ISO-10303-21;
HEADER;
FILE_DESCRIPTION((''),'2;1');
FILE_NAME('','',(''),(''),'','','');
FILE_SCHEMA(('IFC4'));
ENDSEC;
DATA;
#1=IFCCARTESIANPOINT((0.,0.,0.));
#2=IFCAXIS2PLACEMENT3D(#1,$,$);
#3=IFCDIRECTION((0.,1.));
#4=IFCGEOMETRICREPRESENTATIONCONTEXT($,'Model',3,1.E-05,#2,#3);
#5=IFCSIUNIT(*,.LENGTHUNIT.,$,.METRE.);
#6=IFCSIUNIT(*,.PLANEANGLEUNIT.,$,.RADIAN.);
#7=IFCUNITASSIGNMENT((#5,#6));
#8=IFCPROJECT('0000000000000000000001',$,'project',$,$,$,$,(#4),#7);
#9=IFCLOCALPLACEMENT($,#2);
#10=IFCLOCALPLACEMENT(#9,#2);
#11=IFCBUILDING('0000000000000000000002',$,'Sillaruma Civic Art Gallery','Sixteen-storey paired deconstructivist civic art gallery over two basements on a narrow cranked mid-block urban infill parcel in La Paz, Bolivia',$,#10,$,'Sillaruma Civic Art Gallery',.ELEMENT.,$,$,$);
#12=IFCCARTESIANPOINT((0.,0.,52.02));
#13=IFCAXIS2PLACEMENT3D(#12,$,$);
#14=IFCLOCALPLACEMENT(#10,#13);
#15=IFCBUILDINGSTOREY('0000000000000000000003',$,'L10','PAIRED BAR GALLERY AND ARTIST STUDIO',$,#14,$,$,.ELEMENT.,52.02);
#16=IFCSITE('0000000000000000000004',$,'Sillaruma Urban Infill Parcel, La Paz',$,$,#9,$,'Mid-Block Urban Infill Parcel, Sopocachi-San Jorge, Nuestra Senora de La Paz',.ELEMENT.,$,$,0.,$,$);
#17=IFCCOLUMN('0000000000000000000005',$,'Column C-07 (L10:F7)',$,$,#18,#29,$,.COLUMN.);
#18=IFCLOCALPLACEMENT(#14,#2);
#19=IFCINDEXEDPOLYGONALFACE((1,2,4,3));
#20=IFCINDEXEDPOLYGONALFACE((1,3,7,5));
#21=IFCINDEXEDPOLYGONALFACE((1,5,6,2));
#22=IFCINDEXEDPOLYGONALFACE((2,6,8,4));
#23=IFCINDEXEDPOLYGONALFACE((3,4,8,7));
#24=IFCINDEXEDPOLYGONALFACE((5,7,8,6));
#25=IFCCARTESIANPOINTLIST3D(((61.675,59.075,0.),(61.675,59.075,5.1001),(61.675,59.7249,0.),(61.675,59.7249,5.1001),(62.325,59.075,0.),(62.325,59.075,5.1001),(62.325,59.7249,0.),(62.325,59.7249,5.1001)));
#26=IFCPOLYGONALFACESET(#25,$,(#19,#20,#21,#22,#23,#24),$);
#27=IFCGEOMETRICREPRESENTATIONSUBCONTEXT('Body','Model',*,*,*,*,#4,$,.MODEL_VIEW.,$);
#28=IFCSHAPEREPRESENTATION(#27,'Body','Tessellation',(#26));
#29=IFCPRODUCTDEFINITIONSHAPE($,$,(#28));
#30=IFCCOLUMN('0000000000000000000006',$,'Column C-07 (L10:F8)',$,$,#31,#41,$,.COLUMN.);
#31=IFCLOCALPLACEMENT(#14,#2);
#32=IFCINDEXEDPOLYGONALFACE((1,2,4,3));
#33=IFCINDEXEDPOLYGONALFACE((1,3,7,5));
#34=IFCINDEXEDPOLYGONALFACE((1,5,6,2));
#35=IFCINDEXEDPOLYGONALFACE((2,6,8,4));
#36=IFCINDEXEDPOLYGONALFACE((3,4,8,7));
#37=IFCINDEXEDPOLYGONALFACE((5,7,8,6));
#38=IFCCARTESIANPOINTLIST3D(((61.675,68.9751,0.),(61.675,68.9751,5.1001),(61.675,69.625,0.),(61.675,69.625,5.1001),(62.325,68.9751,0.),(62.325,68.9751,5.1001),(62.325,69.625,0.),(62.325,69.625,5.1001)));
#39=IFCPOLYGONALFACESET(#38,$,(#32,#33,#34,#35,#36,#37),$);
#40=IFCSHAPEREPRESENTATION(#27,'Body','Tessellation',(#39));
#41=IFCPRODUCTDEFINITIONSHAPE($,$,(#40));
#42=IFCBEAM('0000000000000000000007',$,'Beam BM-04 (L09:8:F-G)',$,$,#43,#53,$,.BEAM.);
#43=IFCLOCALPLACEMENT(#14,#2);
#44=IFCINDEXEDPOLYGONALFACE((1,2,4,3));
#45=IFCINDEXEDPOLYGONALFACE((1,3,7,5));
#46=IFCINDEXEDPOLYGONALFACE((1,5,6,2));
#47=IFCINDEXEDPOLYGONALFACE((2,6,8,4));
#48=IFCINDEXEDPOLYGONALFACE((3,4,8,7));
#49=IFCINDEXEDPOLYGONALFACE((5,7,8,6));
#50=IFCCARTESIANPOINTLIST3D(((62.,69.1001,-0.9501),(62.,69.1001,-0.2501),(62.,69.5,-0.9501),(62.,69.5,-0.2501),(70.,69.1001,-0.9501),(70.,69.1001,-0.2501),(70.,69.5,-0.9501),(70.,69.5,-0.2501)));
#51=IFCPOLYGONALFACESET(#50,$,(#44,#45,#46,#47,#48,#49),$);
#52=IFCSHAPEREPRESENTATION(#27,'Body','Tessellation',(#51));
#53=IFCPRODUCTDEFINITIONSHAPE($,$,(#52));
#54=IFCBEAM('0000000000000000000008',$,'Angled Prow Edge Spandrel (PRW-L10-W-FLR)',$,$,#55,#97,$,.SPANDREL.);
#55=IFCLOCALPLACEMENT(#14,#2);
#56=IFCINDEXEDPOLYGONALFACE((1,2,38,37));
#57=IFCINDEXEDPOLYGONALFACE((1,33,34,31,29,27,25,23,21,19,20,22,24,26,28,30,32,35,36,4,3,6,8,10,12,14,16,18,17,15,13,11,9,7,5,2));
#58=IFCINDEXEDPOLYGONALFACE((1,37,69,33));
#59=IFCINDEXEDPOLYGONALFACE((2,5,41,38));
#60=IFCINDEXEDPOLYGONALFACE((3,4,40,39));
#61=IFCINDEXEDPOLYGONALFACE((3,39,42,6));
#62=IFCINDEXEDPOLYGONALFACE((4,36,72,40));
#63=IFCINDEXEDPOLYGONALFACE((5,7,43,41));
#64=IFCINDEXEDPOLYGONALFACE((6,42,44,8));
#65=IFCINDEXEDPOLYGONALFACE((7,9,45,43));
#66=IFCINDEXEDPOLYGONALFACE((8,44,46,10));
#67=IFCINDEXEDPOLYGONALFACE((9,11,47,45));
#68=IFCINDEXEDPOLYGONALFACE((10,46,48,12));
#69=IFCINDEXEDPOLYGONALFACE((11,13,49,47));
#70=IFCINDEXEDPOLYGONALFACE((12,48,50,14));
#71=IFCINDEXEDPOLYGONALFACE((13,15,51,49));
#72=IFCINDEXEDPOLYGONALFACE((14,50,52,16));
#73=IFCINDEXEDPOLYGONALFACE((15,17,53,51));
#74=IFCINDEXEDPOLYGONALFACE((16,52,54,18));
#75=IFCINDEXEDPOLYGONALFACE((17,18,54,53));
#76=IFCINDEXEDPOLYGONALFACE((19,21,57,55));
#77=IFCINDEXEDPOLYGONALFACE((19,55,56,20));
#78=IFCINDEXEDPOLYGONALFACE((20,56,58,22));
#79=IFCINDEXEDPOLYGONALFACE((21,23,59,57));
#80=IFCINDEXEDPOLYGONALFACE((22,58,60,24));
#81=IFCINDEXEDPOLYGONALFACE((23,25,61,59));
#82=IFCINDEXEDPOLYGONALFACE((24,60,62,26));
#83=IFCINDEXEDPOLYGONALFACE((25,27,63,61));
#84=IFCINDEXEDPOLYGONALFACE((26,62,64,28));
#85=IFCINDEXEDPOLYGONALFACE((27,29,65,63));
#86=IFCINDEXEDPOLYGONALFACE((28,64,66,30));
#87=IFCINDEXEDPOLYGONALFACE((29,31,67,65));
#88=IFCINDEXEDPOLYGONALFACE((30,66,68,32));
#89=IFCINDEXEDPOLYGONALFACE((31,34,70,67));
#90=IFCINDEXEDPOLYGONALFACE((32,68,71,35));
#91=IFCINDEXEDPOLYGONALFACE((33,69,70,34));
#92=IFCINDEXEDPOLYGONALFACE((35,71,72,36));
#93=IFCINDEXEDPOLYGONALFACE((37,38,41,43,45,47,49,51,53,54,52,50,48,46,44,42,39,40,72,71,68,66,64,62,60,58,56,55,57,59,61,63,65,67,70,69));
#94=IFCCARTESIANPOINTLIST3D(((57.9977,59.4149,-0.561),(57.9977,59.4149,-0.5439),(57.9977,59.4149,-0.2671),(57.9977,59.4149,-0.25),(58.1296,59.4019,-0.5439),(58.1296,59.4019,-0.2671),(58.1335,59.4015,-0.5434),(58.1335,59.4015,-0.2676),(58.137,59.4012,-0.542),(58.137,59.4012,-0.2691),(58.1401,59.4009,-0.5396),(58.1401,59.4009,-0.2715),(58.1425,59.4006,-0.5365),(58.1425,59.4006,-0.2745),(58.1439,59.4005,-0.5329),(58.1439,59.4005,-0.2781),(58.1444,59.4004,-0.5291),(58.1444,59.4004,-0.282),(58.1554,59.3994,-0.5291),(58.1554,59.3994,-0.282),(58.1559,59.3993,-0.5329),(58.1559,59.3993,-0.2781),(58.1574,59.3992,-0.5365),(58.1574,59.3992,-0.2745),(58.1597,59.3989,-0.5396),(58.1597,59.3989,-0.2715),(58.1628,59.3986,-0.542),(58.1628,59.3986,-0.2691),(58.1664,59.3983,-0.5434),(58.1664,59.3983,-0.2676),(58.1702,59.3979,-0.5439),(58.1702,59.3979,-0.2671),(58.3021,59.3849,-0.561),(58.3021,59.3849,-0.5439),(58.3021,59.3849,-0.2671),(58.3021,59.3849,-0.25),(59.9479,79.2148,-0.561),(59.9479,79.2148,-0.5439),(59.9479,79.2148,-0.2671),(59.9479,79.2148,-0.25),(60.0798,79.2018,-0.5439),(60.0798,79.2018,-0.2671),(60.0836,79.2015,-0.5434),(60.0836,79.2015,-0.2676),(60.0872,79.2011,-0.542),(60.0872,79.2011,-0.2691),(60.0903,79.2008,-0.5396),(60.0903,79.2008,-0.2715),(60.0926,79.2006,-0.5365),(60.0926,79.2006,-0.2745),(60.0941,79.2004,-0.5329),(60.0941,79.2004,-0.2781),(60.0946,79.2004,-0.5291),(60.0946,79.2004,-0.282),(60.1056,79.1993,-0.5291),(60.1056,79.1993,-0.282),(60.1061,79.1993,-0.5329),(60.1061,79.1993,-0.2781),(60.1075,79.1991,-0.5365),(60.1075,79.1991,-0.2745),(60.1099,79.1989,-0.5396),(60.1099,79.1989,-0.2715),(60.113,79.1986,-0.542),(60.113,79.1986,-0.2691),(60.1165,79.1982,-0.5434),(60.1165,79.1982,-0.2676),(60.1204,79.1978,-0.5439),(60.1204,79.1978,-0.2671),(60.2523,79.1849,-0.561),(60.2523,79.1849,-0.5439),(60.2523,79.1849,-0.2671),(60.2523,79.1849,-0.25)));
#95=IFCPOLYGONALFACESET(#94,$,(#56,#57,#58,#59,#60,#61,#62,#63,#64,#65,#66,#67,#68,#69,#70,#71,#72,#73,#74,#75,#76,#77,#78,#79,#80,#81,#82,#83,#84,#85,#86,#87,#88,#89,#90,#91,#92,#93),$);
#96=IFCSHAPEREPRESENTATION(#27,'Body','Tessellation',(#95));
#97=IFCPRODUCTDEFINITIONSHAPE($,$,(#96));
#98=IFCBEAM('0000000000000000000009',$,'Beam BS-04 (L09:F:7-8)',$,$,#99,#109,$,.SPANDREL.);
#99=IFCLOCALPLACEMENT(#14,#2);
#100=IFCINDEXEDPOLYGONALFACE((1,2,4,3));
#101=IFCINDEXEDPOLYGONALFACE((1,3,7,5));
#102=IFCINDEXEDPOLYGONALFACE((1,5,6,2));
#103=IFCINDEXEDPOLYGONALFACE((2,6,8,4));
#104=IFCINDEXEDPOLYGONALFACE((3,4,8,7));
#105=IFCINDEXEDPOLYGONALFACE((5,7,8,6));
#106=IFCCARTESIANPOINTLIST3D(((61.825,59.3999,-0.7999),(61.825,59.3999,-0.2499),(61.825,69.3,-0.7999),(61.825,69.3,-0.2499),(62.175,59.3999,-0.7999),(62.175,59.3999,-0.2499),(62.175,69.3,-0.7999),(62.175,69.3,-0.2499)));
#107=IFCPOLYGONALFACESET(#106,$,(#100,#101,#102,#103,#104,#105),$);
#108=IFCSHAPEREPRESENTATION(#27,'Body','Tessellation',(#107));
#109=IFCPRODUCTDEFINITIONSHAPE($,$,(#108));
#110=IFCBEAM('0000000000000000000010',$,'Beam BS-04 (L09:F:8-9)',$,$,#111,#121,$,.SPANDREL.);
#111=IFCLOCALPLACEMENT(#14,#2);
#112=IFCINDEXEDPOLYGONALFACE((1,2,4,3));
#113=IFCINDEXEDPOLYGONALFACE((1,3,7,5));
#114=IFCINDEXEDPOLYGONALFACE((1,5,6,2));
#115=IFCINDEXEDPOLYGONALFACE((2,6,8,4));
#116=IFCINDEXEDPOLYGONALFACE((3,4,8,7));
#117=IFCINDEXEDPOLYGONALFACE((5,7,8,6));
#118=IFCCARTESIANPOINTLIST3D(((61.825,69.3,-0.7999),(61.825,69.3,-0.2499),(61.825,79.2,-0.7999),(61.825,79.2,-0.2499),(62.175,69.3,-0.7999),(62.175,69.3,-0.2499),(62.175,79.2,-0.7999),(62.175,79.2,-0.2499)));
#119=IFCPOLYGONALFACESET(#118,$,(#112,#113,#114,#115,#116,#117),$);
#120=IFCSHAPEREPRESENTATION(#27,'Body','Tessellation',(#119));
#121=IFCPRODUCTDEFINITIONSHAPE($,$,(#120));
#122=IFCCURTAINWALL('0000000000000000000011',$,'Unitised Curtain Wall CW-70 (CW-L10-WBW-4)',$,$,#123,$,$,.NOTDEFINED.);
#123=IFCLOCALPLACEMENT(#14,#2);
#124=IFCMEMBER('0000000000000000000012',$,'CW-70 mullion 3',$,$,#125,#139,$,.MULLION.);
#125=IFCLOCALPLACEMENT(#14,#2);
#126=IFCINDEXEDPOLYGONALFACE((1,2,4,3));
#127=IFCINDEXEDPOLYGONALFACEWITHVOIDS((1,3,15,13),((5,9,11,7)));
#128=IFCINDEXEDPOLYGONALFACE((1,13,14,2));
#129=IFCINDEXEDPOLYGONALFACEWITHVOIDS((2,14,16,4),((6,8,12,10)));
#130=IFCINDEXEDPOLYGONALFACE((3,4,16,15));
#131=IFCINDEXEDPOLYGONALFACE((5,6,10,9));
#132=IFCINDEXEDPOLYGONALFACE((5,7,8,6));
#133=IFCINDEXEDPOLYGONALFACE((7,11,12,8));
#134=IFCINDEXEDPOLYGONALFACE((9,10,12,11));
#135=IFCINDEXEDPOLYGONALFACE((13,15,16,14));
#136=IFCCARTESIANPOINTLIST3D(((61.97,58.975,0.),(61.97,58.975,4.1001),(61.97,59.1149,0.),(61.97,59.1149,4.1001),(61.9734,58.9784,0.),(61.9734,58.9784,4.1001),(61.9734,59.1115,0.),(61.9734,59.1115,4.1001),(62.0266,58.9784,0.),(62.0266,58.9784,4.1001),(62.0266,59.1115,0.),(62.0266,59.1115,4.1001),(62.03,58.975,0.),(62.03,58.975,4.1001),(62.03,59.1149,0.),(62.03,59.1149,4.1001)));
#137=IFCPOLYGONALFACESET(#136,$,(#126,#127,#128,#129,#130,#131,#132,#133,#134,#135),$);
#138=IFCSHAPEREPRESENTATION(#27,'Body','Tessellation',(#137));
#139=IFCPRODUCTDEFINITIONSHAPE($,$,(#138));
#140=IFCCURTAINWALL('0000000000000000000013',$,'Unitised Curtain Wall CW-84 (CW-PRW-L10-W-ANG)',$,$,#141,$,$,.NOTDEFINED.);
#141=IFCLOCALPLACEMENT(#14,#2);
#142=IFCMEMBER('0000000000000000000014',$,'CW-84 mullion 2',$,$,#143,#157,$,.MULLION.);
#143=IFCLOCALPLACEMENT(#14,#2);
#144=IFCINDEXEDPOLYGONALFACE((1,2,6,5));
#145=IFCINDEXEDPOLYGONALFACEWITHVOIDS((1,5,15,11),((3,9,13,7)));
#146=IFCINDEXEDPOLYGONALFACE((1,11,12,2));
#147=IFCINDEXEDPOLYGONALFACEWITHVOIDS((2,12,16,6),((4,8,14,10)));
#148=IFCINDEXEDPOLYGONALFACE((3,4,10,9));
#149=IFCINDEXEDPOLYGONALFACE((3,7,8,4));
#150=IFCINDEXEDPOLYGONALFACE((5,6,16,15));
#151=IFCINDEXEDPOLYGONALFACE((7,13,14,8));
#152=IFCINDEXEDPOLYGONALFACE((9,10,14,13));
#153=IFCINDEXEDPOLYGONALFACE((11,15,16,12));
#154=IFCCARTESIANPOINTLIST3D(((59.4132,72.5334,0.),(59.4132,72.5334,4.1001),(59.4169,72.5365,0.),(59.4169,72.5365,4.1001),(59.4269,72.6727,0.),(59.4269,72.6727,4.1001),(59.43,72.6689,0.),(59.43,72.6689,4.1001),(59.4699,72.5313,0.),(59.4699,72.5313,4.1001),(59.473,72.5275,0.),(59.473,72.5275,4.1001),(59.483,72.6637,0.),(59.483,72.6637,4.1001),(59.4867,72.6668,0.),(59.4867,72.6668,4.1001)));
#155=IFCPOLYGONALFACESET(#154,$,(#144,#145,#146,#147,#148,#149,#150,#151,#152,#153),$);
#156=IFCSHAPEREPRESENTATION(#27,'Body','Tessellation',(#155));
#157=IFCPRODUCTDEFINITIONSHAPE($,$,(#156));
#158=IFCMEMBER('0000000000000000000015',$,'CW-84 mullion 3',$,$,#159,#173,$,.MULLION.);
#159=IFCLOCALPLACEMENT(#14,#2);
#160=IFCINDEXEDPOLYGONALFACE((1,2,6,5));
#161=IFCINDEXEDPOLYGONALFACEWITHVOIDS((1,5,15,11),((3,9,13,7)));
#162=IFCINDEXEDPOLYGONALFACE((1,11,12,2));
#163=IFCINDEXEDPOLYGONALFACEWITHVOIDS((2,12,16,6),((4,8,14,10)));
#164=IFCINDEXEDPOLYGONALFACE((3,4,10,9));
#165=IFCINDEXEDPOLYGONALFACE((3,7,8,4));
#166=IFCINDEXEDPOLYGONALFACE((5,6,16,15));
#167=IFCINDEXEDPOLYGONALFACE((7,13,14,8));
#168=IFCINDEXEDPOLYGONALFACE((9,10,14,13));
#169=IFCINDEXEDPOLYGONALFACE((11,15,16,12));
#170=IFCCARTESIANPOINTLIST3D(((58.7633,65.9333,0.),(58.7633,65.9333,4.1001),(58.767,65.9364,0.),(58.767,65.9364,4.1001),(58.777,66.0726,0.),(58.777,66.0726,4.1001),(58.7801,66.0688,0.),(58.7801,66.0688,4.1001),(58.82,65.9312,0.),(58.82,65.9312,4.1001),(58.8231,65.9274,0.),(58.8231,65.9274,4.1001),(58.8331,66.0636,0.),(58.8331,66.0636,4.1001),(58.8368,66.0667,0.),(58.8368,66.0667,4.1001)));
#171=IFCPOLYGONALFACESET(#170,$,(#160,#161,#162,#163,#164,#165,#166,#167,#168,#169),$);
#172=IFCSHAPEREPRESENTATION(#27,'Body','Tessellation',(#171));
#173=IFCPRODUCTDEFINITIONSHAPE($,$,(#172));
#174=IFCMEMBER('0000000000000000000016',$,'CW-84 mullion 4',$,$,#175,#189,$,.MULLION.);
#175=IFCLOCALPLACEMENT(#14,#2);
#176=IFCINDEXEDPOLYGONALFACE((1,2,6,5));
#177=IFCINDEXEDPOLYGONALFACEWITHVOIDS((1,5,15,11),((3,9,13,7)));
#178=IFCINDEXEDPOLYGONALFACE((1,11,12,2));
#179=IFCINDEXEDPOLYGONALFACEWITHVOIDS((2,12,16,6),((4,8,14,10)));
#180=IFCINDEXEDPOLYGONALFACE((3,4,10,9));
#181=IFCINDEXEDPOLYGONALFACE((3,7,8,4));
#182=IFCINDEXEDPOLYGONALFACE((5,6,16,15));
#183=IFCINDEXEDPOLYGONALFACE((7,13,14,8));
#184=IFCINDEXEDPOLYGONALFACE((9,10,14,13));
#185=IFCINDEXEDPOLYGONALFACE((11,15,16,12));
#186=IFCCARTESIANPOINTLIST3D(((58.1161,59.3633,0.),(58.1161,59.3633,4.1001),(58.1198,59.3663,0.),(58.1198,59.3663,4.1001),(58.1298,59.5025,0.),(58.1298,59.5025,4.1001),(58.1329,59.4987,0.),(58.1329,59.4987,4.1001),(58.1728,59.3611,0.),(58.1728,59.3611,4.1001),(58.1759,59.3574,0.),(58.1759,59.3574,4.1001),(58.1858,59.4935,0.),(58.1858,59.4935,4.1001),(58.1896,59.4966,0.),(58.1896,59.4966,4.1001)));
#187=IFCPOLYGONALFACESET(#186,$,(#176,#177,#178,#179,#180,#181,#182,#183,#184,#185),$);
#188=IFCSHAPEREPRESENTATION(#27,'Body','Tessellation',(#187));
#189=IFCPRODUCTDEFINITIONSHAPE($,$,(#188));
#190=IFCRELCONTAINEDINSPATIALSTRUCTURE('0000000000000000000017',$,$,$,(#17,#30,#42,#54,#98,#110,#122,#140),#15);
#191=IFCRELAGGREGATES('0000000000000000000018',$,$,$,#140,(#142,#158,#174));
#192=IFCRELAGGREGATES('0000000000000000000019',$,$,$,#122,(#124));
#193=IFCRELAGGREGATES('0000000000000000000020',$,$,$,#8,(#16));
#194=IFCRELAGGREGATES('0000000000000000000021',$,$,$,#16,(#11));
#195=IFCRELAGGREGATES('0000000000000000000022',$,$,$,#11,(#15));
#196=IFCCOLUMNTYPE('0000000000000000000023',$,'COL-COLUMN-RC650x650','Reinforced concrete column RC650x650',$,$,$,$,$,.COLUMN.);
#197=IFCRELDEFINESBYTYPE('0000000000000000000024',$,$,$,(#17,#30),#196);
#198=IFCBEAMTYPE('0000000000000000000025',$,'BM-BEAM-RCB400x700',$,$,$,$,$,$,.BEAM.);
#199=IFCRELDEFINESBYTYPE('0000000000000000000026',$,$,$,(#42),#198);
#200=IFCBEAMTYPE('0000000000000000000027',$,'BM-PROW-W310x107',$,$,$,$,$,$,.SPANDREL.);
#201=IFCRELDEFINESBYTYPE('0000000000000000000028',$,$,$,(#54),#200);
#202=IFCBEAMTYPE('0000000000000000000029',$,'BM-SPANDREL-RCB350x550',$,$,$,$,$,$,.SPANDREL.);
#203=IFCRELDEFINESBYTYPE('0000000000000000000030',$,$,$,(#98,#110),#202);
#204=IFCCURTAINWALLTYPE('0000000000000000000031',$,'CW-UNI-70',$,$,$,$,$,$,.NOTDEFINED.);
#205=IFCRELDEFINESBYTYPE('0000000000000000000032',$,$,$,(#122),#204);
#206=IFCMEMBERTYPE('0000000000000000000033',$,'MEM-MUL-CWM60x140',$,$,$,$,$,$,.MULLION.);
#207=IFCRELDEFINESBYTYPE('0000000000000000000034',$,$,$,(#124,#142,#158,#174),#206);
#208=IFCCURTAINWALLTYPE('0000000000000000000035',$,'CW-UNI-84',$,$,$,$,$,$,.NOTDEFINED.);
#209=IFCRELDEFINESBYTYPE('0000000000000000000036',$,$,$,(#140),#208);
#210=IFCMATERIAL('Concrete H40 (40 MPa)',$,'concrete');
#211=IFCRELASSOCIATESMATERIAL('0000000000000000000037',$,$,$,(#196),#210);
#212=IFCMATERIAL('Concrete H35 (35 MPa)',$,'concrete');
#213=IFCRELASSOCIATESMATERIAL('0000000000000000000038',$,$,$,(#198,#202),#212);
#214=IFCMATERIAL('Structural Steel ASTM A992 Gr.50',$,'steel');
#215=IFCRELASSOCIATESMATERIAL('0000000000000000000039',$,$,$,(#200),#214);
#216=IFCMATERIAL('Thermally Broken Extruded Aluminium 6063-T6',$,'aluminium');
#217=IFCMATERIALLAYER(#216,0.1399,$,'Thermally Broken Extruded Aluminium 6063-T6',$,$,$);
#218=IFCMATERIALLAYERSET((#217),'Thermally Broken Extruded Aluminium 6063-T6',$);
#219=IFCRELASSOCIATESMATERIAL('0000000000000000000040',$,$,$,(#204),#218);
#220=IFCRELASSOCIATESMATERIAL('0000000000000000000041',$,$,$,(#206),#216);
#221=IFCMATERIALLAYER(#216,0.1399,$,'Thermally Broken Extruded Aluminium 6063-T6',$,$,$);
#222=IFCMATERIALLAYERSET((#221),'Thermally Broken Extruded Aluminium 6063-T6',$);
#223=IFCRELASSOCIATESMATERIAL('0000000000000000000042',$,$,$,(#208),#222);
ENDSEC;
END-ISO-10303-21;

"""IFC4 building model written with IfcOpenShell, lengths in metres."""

from ifc_helpers import new_model, si_unit, direction, frame, origin, origin_2d, place, context, subcontext, project, spatial, rectangle, hollow_rectangle, i_section, extrude, material, layer, layer_set, material_profile, profile_set, type_object, element, aggregate, save


model = new_model("IFC4")

# Units and contexts
model_context = context("Model", 3, precision=1e-05, world=origin(), true_north=direction((0.0, 1.0)))
body_context = subcontext(model_context, "Body", "Model", "MODEL_VIEW")
ifc_project = project(units=[si_unit("LENGTHUNIT", "METRE"), si_unit("PLANEANGLEUNIT", "RADIAN")], contexts=[model_context])

# Site, building, storey
site_placement = place(None, origin())
site = spatial("IfcSite", under=ifc_project, at=site_placement, Name="Sillaruma Urban Infill Parcel, La Paz", LongName="Mid-Block Urban Infill Parcel, Sopocachi-San Jorge, Nuestra Senora de La Paz", CompositionType="ELEMENT", RefElevation=0.0)
building_placement = place(site_placement, origin())
building = spatial("IfcBuilding", under=site, at=building_placement, Name="Sillaruma Civic Art Gallery", Description="Sixteen-storey paired deconstructivist civic art gallery over two basements on a narrow cranked mid-block urban infill parcel in La Paz, Bolivia", LongName="Sillaruma Civic Art Gallery", CompositionType="ELEMENT")
storey_placement = place(building_placement, frame((0.0, 0.0, 52.02)))
storey = spatial("IfcBuildingStorey", under=building, at=storey_placement, Name="L10", Description="PAIRED BAR GALLERY AND ARTIST STUDIO", CompositionType="ELEMENT", Elevation=52.02)

# Columns
ifc_material_1 = material(Name="Concrete H40 (40 MPa)", Category="concrete")
ifc_material_profile_1 = material_profile(ifc_material_1, rectangle(XDim=0.6499, YDim=0.6499, at=origin_2d()), Name="RC650x650")
ifc_profile_set_1 = profile_set([ifc_material_profile_1], Name="Concrete H40 (40 MPa)")
column_type = type_object("IfcColumnType", Name="COL-COLUMN-RC650x650", Description="Reinforced concrete column RC650x650", PredefinedType="COLUMN", material=ifc_profile_set_1)
for number, where, z_axis, x_axis, name in (
    (1, (62.0, 59.3999, 0.0), (0.0, 0.0, 1.0), (1.0, 0.0, 0.0), "Column C-07 (L10:F7)"),
    (2, (62.0, 69.3, 0.0), (0.0, 0.0, 1.0), (1.0, 0.0, 0.0), "Column C-07 (L10:F8)"),
):
    element("IfcColumn", number, at=place(storey_placement, frame(where, z_axis=z_axis, x_axis=x_axis)), inside=storey, type_object=column_type, Name=name, PredefinedType="COLUMN", context=body_context, shape_type="SweptSolid", body=[
        extrude(rectangle(XDim=0.6499, YDim=0.6499, at=origin_2d()), origin(), (0.0, 0.0, 1.0), 5.1001),
    ])

# Beams
ifc_material_2 = material(Name="Concrete H35 (35 MPa)", Category="concrete")
ifc_material_profile_2 = material_profile(ifc_material_2, rectangle(XDim=0.3999, YDim=0.7, at=origin_2d()), Name="RCB400x700")
ifc_profile_set_2 = profile_set([ifc_material_profile_2], Name="Concrete H35 (35 MPa)")
beam_type_1 = type_object("IfcBeamType", Name="BM-BEAM-RCB400x700", PredefinedType="BEAM", material=ifc_profile_set_2)
beam_1_placement = place(storey_placement, frame((62.0, 69.3, -0.6001), z_axis=(1.0, 0.0, 0.0), x_axis=(0.0, 1.0, 0.0)))
element("IfcBeam", 3, at=beam_1_placement, inside=storey, type_object=beam_type_1, Name="Beam BM-04 (L09:8:F-G)", PredefinedType="BEAM", context=body_context, shape_type="SweptSolid", body=[
    extrude(rectangle(XDim=0.3999, YDim=0.7, at=origin_2d()), origin(), (0.0, 0.0, 1.0), 8.0),
])
ifc_material_3 = material(Name="Structural Steel ASTM A992 Gr.50", Category="steel")
ifc_material_profile_3 = material_profile(ifc_material_3, i_section(OverallWidth=0.3059, OverallDepth=0.311, WebThickness=0.011, FlangeThickness=0.0171, FilletRadius=0.0149, at=origin_2d()), Name="W310x107")
ifc_profile_set_3 = profile_set([ifc_material_profile_3], Name="Structural Steel ASTM A992 Gr.50")
beam_type_2 = type_object("IfcBeamType", Name="BM-PROW-W310x107", PredefinedType="SPANDREL", material=ifc_profile_set_3)
beam_2_placement = place(storey_placement, frame((58.1499, 59.3999, -0.4055), z_axis=(0.09802, 0.995184, 0.0), x_axis=(-0.995184, 0.09802, 0.0)))
element("IfcBeam", 4, at=beam_2_placement, inside=storey, type_object=beam_type_2, Name="Angled Prow Edge Spandrel (PRW-L10-W-FLR)", PredefinedType="SPANDREL", context=body_context, shape_type="SweptSolid", body=[
    extrude(i_section(OverallWidth=0.3059, OverallDepth=0.311, WebThickness=0.011, FlangeThickness=0.0171, FilletRadius=0.0149, at=origin_2d()), origin(), (0.0, 0.0, 1.0), 19.8958),
])
ifc_material_profile_4 = material_profile(ifc_material_2, rectangle(XDim=0.3501, YDim=0.55, at=origin_2d()), Name="RCB350x550")
ifc_profile_set_4 = profile_set([ifc_material_profile_4], Name="Concrete H35 (35 MPa)")
beam_type_3 = type_object("IfcBeamType", Name="BM-SPANDREL-RCB350x550", PredefinedType="SPANDREL", material=ifc_profile_set_4)
beam_3_placement = place(storey_placement, frame((62.0, 59.3999, -0.5249), z_axis=(0.0, 1.0, 0.0), x_axis=(-1.0, 0.0, 0.0)))
element("IfcBeam", 5, at=beam_3_placement, inside=storey, type_object=beam_type_3, Name="Beam BS-04 (L09:F:7-8)", PredefinedType="SPANDREL", context=body_context, shape_type="SweptSolid", body=[
    extrude(rectangle(XDim=0.3501, YDim=0.55, at=origin_2d()), origin(), (0.0, 0.0, 1.0), 9.9001),
])
beam_4_placement = place(storey_placement, frame((62.0, 69.3, -0.5249), z_axis=(0.0, 1.0, 0.0), x_axis=(-1.0, 0.0, 0.0)))
element("IfcBeam", 6, at=beam_4_placement, inside=storey, type_object=beam_type_3, Name="Beam BS-04 (L09:F:8-9)", PredefinedType="SPANDREL", context=body_context, shape_type="SweptSolid", body=[
    extrude(rectangle(XDim=0.3501, YDim=0.55, at=origin_2d()), origin(), (0.0, 0.0, 1.0), 9.8999),
])

# Curtain wall, member
ifc_material_4 = material(Name="Thermally Broken Extruded Aluminium 6063-T6", Category="aluminium")
ifc_layer_1 = layer(ifc_material_4, 0.1399, Name="Thermally Broken Extruded Aluminium 6063-T6")
ifc_layer_set_1 = layer_set([ifc_layer_1], Name="Thermally Broken Extruded Aluminium 6063-T6")
curtain_wall_type_1 = type_object("IfcCurtainWallType", Name="CW-UNI-70", PredefinedType="NOTDEFINED", material=ifc_layer_set_1)
curtain_wall_1_placement = place(storey_placement, origin())
curtain_wall_1 = element("IfcCurtainWall", 7, at=curtain_wall_1_placement, inside=storey, type_object=curtain_wall_type_1, Name="Unitised Curtain Wall CW-70 (CW-L10-WBW-4)", PredefinedType="NOTDEFINED")
ifc_material_profile_5 = material_profile(ifc_material_4, hollow_rectangle(XDim=0.0601, YDim=0.1399, WallThickness=0.0034, at=origin_2d()), Name="CWM60x140")
ifc_profile_set_5 = profile_set([ifc_material_profile_5], Name="Thermally Broken Extruded Aluminium 6063-T6")
member_type_1 = type_object("IfcMemberType", Name="MEM-MUL-CWM60x140", PredefinedType="MULLION", material=ifc_profile_set_5)
member_1_placement = place(storey_placement, frame((62.0, 59.0449, 0.0), z_axis=(0.0, 0.0, 1.0), x_axis=(-1.0, 0.0, 0.0)))
member_1 = element("IfcMember", 8, at=member_1_placement, type_object=member_type_1, Name="CW-70 mullion 3", PredefinedType="MULLION", context=body_context, shape_type="SweptSolid", body=[
    extrude(hollow_rectangle(XDim=0.0601, YDim=0.1399, WallThickness=0.0034, at=origin_2d()), origin(), (0.0, 0.0, 1.0), 4.1001),
])

# Curtain wall, members
ifc_layer_2 = layer(ifc_material_4, 0.1399, Name="Thermally Broken Extruded Aluminium 6063-T6")
ifc_layer_set_2 = layer_set([ifc_layer_2], Name="Thermally Broken Extruded Aluminium 6063-T6")
curtain_wall_type_2 = type_object("IfcCurtainWallType", Name="CW-UNI-84", PredefinedType="NOTDEFINED", material=ifc_layer_set_2)
curtain_wall_2_placement = place(storey_placement, origin())
curtain_wall_2 = element("IfcCurtainWall", 9, at=curtain_wall_2_placement, inside=storey, type_object=curtain_wall_type_2, Name="Unitised Curtain Wall CW-84 (CW-PRW-L10-W-ANG)", PredefinedType="NOTDEFINED")
member_2_placement = place(storey_placement, frame((59.45, 72.6001, 0.0), z_axis=(0.0, 0.0, 1.0), x_axis=(0.995185, -0.098011, 0.0)))
member_2 = element("IfcMember", 10, at=member_2_placement, type_object=member_type_1, Name="CW-84 mullion 2", PredefinedType="MULLION", context=body_context, shape_type="SweptSolid", body=[
    extrude(hollow_rectangle(XDim=0.0601, YDim=0.1399, WallThickness=0.0034, at=origin_2d()), origin(), (0.0, 0.0, 1.0), 4.1001),
])
member_3_placement = place(storey_placement, frame((58.8, 66.0, 0.0), z_axis=(0.0, 0.0, 1.0), x_axis=(0.995185, -0.098011, 0.0)))
member_3 = element("IfcMember", 11, at=member_3_placement, type_object=member_type_1, Name="CW-84 mullion 3", PredefinedType="MULLION", context=body_context, shape_type="SweptSolid", body=[
    extrude(hollow_rectangle(XDim=0.0601, YDim=0.1399, WallThickness=0.0034, at=origin_2d()), origin(), (0.0, 0.0, 1.0), 4.1001),
])
member_4_placement = place(storey_placement, frame((58.1528, 59.4299, 0.0), z_axis=(0.0, 0.0, 1.0), x_axis=(0.995185, -0.098011, 0.0)))
member_4 = element("IfcMember", 12, at=member_4_placement, type_object=member_type_1, Name="CW-84 mullion 4", PredefinedType="MULLION", context=body_context, shape_type="SweptSolid", body=[
    extrude(hollow_rectangle(XDim=0.0601, YDim=0.1399, WallThickness=0.0034, at=origin_2d()), origin(), (0.0, 0.0, 1.0), 4.1001),
])

aggregate(curtain_wall_2, [member_2, member_3, member_4])
aggregate(curtain_wall_1, [member_1])

save(model, "model.ifc")
